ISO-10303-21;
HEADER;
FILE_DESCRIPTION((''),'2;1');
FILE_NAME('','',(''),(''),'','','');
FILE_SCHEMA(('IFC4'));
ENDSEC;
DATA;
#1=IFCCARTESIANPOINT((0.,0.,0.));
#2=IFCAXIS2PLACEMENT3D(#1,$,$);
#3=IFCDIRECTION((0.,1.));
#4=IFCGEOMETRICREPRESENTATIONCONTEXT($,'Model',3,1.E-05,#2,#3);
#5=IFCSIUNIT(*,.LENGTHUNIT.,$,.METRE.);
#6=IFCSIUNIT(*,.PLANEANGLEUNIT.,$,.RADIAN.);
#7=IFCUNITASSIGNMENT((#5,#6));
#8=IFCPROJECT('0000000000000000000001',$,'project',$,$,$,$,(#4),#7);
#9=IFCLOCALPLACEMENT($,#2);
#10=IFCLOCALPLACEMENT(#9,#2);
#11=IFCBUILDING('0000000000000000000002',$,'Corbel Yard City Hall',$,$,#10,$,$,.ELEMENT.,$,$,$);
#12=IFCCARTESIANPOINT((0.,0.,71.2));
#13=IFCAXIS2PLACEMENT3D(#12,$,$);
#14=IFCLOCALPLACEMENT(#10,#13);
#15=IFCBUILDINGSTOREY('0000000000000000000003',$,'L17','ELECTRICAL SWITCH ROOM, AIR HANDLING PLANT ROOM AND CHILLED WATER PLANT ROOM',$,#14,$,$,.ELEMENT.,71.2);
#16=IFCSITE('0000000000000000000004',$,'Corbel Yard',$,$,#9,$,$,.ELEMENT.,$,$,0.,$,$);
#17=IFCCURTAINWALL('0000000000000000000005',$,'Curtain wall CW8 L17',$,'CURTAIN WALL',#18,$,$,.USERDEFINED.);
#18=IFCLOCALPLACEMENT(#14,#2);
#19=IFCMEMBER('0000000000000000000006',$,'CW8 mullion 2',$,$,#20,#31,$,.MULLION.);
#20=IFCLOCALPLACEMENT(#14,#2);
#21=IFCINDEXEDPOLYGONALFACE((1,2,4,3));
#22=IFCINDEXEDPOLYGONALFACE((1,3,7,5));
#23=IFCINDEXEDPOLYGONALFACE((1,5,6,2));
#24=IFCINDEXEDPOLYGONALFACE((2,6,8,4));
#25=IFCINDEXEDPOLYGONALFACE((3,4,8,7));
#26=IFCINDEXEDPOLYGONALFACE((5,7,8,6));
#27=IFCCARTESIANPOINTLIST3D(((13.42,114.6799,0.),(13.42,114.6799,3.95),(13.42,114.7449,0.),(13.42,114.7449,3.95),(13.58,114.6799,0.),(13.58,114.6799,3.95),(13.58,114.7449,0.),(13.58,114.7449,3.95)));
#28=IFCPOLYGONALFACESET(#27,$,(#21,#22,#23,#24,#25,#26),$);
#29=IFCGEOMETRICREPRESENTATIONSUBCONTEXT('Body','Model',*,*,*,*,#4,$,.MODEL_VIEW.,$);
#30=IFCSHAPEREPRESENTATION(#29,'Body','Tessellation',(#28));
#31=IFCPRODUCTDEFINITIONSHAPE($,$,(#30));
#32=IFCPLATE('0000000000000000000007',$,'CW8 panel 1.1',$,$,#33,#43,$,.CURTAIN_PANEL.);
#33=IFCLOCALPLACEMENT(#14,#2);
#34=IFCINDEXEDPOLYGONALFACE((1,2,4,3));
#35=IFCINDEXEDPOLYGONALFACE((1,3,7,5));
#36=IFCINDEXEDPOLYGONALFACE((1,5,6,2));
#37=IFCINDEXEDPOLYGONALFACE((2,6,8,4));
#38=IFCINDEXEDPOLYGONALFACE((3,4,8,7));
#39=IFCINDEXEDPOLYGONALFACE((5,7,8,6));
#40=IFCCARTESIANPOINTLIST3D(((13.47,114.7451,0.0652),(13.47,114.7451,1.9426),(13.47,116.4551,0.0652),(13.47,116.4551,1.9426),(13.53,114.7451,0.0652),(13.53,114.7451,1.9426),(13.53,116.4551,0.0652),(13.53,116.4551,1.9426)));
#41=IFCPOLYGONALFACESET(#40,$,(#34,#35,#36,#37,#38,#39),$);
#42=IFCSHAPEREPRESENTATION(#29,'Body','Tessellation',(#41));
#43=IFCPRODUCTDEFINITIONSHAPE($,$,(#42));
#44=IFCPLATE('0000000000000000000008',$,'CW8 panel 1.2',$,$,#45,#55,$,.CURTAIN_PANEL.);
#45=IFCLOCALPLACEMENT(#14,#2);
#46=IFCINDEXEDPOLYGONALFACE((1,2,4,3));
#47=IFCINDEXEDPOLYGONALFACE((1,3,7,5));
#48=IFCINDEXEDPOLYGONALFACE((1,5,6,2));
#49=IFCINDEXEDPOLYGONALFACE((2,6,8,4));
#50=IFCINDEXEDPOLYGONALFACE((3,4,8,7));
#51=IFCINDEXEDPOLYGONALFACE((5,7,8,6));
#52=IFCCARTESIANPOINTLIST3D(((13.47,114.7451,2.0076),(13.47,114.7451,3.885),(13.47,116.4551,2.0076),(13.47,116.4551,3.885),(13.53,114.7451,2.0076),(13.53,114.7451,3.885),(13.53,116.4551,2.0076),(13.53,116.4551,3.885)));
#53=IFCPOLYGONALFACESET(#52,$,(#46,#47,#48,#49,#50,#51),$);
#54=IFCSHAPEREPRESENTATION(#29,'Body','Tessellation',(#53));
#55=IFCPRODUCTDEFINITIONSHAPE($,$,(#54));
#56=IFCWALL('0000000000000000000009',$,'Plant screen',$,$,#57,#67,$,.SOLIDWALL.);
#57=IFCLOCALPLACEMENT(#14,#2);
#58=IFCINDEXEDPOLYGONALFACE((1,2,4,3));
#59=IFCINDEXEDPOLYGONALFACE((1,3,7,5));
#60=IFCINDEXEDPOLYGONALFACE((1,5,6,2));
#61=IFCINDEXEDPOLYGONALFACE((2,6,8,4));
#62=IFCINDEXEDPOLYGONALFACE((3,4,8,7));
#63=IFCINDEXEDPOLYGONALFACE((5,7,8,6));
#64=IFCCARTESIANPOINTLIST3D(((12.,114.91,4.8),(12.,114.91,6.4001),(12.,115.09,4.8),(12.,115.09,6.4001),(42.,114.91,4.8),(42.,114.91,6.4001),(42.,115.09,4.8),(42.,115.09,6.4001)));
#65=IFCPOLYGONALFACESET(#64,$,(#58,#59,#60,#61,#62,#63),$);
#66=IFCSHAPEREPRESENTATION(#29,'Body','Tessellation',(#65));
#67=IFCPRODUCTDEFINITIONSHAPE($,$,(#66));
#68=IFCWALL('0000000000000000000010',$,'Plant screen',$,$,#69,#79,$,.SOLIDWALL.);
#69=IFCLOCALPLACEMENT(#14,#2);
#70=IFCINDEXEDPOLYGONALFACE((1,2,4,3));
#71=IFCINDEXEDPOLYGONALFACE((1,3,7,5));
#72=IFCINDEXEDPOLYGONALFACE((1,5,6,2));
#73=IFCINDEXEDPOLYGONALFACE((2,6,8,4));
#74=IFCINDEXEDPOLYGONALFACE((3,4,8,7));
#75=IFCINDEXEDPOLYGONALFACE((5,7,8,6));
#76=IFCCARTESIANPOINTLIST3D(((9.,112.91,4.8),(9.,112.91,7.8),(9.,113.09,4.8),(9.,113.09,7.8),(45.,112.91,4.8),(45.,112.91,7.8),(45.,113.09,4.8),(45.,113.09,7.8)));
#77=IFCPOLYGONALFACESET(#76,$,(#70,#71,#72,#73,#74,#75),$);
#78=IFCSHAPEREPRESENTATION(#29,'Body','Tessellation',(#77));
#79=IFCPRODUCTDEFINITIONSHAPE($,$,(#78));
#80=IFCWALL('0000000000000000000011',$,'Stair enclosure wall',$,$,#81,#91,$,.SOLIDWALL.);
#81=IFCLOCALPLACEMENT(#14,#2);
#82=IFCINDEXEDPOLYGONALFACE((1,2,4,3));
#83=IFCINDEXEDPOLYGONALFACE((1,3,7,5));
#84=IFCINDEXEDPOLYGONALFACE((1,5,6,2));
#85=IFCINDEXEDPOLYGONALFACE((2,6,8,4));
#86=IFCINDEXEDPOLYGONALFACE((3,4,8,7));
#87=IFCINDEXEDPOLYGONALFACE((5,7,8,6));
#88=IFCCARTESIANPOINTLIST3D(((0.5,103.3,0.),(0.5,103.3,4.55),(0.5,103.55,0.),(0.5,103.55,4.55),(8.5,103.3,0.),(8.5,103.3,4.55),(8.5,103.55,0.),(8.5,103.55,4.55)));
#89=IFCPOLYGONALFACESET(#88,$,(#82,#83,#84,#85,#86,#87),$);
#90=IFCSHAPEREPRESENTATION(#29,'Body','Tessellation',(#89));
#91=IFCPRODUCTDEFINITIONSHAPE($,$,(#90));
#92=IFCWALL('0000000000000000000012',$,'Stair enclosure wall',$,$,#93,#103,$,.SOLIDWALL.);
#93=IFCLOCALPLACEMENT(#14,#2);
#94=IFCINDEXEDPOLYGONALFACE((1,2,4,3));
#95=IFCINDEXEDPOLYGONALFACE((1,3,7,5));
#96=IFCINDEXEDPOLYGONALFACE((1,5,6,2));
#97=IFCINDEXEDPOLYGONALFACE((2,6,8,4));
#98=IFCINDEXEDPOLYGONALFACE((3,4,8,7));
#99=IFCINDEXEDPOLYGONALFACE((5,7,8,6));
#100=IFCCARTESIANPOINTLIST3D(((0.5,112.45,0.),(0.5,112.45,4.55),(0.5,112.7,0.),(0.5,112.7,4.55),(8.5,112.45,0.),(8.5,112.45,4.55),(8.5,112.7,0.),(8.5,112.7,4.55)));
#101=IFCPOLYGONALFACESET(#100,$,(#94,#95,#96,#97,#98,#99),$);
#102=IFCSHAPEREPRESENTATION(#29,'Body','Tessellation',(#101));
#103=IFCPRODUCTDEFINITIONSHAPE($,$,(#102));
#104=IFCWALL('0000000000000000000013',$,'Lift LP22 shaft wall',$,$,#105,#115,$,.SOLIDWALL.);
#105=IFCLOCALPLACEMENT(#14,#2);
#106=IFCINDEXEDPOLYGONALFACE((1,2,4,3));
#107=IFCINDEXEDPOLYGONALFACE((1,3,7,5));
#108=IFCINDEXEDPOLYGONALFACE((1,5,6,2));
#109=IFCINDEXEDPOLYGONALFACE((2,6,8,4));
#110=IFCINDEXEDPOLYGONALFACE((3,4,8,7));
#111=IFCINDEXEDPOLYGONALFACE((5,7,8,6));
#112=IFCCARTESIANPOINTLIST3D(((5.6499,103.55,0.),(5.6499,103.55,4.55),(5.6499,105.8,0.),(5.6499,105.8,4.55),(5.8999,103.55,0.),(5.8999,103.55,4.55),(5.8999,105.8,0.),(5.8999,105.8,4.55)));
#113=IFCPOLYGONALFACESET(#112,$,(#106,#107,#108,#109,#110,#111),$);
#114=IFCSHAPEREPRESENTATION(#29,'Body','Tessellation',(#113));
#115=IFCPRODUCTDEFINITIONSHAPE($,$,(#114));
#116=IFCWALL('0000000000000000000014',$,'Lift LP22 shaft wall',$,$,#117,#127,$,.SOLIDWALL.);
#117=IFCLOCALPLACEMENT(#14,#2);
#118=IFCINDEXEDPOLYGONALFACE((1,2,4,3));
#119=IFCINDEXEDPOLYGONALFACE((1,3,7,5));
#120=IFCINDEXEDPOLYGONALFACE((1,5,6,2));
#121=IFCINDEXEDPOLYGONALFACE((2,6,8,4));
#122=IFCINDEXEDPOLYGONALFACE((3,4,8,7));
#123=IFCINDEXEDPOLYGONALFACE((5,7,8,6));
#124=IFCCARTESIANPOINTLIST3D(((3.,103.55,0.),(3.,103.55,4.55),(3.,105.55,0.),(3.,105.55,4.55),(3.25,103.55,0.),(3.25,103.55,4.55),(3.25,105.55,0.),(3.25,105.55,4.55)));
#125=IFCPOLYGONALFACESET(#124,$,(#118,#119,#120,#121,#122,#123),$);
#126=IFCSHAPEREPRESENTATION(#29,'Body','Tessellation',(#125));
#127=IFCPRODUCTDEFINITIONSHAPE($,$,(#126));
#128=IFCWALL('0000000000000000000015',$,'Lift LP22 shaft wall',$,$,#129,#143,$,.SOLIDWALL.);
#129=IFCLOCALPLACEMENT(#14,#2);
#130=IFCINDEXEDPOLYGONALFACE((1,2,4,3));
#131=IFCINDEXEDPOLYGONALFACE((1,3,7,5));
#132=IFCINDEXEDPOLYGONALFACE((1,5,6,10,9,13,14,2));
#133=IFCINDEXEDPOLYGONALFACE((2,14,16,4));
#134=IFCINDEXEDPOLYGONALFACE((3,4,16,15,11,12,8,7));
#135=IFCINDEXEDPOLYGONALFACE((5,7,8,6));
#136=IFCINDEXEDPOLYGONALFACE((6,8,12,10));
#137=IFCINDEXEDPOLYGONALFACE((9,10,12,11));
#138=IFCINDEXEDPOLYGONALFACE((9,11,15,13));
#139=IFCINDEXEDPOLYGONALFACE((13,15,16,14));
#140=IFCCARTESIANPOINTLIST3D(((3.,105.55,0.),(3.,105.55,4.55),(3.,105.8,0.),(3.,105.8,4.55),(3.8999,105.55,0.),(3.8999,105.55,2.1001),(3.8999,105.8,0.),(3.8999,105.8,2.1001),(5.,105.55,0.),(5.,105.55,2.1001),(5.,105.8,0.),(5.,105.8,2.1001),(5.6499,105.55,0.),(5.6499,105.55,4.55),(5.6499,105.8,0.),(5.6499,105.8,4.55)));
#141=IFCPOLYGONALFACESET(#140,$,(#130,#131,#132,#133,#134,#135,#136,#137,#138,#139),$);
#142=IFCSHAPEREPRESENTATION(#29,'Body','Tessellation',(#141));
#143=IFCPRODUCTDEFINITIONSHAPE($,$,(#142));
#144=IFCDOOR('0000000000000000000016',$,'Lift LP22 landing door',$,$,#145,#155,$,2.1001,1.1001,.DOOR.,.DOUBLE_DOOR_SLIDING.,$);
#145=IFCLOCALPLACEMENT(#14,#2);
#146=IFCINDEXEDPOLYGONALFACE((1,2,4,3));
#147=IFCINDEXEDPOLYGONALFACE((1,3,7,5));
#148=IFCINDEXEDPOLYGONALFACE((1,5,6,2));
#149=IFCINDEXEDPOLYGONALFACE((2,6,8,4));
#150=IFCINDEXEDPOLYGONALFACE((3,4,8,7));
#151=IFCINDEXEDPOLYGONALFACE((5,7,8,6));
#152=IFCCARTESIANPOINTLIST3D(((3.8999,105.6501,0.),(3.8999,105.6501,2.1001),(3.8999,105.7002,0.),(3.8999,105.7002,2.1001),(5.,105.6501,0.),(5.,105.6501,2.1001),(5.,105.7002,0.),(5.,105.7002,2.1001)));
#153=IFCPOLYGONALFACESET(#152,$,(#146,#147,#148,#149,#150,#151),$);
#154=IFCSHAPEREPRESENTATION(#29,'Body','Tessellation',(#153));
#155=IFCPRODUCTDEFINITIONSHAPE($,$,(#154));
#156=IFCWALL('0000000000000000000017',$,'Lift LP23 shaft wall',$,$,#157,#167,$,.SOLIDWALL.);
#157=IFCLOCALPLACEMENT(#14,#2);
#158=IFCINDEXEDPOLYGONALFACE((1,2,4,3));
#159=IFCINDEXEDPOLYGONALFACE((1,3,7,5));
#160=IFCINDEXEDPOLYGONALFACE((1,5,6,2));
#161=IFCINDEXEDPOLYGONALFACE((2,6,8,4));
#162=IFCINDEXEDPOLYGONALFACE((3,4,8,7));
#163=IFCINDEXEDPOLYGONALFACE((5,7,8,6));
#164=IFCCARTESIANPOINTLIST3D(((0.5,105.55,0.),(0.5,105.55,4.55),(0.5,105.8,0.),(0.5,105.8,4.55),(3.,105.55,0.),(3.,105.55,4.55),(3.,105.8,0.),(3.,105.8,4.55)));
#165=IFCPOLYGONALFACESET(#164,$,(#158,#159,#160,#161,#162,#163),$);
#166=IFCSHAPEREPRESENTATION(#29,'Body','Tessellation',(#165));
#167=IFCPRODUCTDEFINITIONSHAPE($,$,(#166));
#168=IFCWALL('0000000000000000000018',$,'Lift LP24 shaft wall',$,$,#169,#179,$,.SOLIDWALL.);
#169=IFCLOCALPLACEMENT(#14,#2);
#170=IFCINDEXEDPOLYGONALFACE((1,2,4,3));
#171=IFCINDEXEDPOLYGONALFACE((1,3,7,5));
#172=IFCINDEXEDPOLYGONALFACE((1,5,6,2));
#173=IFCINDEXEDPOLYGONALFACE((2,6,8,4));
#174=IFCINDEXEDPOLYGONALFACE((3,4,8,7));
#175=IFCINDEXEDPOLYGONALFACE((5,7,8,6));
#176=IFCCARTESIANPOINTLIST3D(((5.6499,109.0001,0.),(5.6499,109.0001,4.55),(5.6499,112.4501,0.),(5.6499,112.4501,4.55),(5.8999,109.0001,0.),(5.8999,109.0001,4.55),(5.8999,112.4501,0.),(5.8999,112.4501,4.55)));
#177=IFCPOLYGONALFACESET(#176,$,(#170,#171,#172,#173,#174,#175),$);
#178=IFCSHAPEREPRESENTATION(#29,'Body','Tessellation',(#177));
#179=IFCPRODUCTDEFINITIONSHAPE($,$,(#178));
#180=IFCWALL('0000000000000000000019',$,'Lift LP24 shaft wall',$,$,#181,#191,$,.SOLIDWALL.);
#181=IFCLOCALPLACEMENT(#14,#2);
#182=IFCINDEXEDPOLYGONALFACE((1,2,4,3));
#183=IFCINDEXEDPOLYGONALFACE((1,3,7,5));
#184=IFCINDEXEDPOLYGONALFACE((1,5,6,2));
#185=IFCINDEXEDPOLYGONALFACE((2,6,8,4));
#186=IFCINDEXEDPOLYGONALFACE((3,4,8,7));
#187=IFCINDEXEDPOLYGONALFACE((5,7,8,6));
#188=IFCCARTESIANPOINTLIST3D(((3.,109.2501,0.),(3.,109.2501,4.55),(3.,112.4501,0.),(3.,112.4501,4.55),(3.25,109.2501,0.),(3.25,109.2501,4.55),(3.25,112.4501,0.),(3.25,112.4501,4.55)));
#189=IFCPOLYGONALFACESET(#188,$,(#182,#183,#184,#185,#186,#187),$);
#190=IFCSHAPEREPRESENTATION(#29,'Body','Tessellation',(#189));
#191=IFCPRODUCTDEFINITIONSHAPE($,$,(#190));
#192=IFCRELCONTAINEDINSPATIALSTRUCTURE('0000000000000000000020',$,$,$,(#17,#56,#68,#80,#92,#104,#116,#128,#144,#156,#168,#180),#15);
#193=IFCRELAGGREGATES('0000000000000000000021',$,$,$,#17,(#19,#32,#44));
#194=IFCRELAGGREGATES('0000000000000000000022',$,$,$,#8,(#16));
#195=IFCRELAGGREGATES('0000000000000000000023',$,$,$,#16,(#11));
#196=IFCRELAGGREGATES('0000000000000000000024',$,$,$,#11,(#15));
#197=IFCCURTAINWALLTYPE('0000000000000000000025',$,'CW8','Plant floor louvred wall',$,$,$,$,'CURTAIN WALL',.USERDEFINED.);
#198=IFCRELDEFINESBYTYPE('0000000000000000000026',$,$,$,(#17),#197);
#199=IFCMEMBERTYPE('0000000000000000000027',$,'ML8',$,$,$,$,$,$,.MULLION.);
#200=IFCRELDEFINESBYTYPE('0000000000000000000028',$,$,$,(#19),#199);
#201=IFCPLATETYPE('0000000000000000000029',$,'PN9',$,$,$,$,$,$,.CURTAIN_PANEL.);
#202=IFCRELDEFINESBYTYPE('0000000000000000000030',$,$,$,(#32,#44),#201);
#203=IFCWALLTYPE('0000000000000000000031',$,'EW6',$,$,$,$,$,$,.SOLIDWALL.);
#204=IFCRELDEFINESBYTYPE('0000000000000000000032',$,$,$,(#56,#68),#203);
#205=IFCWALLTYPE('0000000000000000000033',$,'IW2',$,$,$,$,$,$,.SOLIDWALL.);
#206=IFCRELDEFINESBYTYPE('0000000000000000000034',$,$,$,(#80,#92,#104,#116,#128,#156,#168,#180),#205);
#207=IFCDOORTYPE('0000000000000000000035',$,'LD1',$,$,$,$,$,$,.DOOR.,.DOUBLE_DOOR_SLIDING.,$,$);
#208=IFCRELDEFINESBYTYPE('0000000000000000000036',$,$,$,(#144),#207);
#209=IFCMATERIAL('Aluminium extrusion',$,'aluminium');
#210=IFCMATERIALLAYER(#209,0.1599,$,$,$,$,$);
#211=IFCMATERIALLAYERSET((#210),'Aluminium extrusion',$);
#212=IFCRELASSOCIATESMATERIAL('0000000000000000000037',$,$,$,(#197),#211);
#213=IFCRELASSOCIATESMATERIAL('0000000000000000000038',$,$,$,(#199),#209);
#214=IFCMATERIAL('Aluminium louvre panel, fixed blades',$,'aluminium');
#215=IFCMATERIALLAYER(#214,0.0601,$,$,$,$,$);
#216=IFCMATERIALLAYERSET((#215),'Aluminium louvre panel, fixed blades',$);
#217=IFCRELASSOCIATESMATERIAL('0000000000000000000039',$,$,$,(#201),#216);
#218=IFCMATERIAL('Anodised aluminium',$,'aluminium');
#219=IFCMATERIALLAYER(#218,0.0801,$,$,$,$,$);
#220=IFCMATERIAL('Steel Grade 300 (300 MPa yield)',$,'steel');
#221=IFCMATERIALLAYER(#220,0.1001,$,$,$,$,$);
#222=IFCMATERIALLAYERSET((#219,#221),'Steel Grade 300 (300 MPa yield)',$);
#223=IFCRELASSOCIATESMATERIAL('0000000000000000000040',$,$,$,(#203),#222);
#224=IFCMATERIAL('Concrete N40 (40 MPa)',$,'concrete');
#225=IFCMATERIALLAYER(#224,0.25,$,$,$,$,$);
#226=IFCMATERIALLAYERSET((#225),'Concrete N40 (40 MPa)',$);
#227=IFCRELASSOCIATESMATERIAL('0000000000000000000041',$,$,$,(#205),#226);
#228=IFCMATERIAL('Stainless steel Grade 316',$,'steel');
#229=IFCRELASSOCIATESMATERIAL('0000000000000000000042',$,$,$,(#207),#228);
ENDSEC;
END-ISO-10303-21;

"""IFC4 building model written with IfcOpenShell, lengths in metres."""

from ifc_helpers import new_model, si_unit, direction, frame, frame_2d, origin, origin_2d, place, context, subcontext, project, spatial, rectangle, extrude, material, layer, layer_set, material_profile, profile_set, type_object, element, fill, aggregate, save


model = new_model("IFC4")

# Units and contexts
model_context = context("Model", 3, precision=1e-05, world=origin(), true_north=direction((0.0, 1.0)))
body_context = subcontext(model_context, "Body", "Model", "MODEL_VIEW")
ifc_project = project(units=[si_unit("LENGTHUNIT", "METRE"), si_unit("PLANEANGLEUNIT", "RADIAN")], contexts=[model_context])

# Site, building, storey
site_placement = place(None, origin())
site = spatial("IfcSite", under=ifc_project, at=site_placement, Name="Corbel Yard", CompositionType="ELEMENT", RefElevation=0.0)
building_placement = place(site_placement, origin())
building = spatial("IfcBuilding", under=site, at=building_placement, Name="Corbel Yard City Hall", CompositionType="ELEMENT")
storey_placement = place(building_placement, frame((0.0, 0.0, 71.2)))
storey = spatial("IfcBuildingStorey", under=building, at=storey_placement, Name="L17", Description="ELECTRICAL SWITCH ROOM, AIR HANDLING PLANT ROOM AND CHILLED WATER PLANT ROOM", CompositionType="ELEMENT", Elevation=71.2)

# Curtain wall, member, plates
ifc_material_1 = material(Name="Aluminium extrusion", Category="aluminium")
ifc_layer_1 = layer(ifc_material_1, 0.1599)
ifc_layer_set_1 = layer_set([ifc_layer_1], Name="Aluminium extrusion")
curtain_wall_type = type_object("IfcCurtainWallType", Name="CW8", Description="Plant floor louvred wall", ElementType="CURTAIN WALL", PredefinedType="USERDEFINED", material=ifc_layer_set_1)
curtain_wall_placement = place(storey_placement, origin())
curtain_wall = element("IfcCurtainWall", 1, at=curtain_wall_placement, inside=storey, type_object=curtain_wall_type, Name="Curtain wall CW8 L17", ObjectType="CURTAIN WALL", PredefinedType="USERDEFINED")
ifc_material_profile = material_profile(ifc_material_1, rectangle(XDim=0.1599, YDim=0.0649, at=origin_2d()), Name="160x65")
ifc_profile_set = profile_set([ifc_material_profile], Name="Aluminium extrusion")
member_type = type_object("IfcMemberType", Name="ML8", PredefinedType="MULLION", material=ifc_profile_set)
member_placement = place(storey_placement, frame((13.5, 114.7124, 0.0), z_axis=(0.0, 0.0, 1.0), x_axis=(1.0, 0.0, 0.0)))
member = element("IfcMember", 2, at=member_placement, type_object=member_type, Name="CW8 mullion 2", PredefinedType="MULLION", context=body_context, shape_type="SweptSolid", body=[
    extrude(rectangle(XDim=0.1599, YDim=0.0649, at=origin_2d()), origin(), (0.0, 0.0, 1.0), 3.95),
])
ifc_material_2 = material(Name="Aluminium louvre panel, fixed blades", Category="aluminium")
ifc_layer_2 = layer(ifc_material_2, 0.0601)
ifc_layer_set_2 = layer_set([ifc_layer_2], Name="Aluminium louvre panel, fixed blades")
plate_type = type_object("IfcPlateType", Name="PN9", PredefinedType="CURTAIN_PANEL", material=ifc_layer_set_2)
plate_1_placement = place(storey_placement, frame((13.5, 115.6001, 0.0652), z_axis=(0.0, 0.0, 1.0), x_axis=(0.0, -1.0, 0.0)))
plate_1 = element("IfcPlate", 3, at=plate_1_placement, type_object=plate_type, Name="CW8 panel 1.1", PredefinedType="CURTAIN_PANEL", context=body_context, shape_type="SweptSolid", body=[
    extrude(rectangle(XDim=1.71, YDim=0.0601, at=origin_2d()), origin(), (0.0, 0.0, 1.0), 1.8774),
])
plate_2_placement = place(storey_placement, frame((13.5, 115.6001, 2.0076), z_axis=(0.0, 0.0, 1.0), x_axis=(0.0, -1.0, 0.0)))
plate_2 = element("IfcPlate", 4, at=plate_2_placement, type_object=plate_type, Name="CW8 panel 1.2", PredefinedType="CURTAIN_PANEL", context=body_context, shape_type="SweptSolid", body=[
    extrude(rectangle(XDim=1.71, YDim=0.0601, at=origin_2d()), origin(), (0.0, 0.0, 1.0), 1.8774),
])
aggregate(curtain_wall, [member, plate_1, plate_2])

# Walls
ifc_material_3 = material(Name="Anodised aluminium", Category="aluminium")
ifc_layer_3 = layer(ifc_material_3, 0.0801)
ifc_material_4 = material(Name="Steel Grade 300 (300 MPa yield)", Category="steel")
ifc_layer_4 = layer(ifc_material_4, 0.1001)
ifc_layer_set_3 = layer_set([ifc_layer_3, ifc_layer_4], Name="Steel Grade 300 (300 MPa yield)")
wall_type_1 = type_object("IfcWallType", Name="EW6", PredefinedType="SOLIDWALL", material=ifc_layer_set_3)
wall_1_placement = place(storey_placement, frame((12.0, 115.0, 4.8), z_axis=(0.0, 0.0, 1.0), x_axis=(1.0, 0.0, 0.0)))
element("IfcWall", 5, at=wall_1_placement, inside=storey, type_object=wall_type_1, Name="Plant screen", PredefinedType="SOLIDWALL", context=body_context, shape_type="SweptSolid", body=[
    extrude(rectangle(XDim=30.0, YDim=0.1799, at=frame_2d((15.0, 0.0))), origin(), (0.0, 0.0, 1.0), 1.6001),
])
wall_2_placement = place(storey_placement, frame((9.0, 113.0, 4.8), z_axis=(0.0, 0.0, 1.0), x_axis=(1.0, 0.0, 0.0)))
element("IfcWall", 6, at=wall_2_placement, inside=storey, type_object=wall_type_1, Name="Plant screen", PredefinedType="SOLIDWALL", context=body_context, shape_type="SweptSolid", body=[
    extrude(rectangle(XDim=36.0, YDim=0.1799, at=frame_2d((18.0, 0.0))), origin(), (0.0, 0.0, 1.0), 3.0),
])
ifc_material_5 = material(Name="Concrete N40 (40 MPa)", Category="concrete")
ifc_layer_5 = layer(ifc_material_5, 0.25)
ifc_layer_set_4 = layer_set([ifc_layer_5], Name="Concrete N40 (40 MPa)")
wall_type_2 = type_object("IfcWallType", Name="IW2", PredefinedType="SOLIDWALL", material=ifc_layer_set_4)
for number, where, z_axis, x_axis, name in (
    (7, (8.5, 103.425, 0.0), (0.0, 0.0, 1.0), (-1.0, 0.0, 0.0), "Stair enclosure wall"),
    (8, (8.5, 112.575, 0.0), (0.0, 0.0, 1.0), (-1.0, 0.0, 0.0), "Stair enclosure wall"),
):
    element("IfcWall", number, at=place(storey_placement, frame(where, z_axis=z_axis, x_axis=x_axis)), inside=storey, type_object=wall_type_2, Name=name, PredefinedType="SOLIDWALL", context=body_context, shape_type="SweptSolid", body=[
        extrude(rectangle(XDim=8.0, YDim=0.25, at=frame_2d((4.0, 0.0))), origin(), (0.0, 0.0, 1.0), 4.55),
    ])
wall_3_placement = place(storey_placement, frame((5.7749, 103.55, 0.0), z_axis=(0.0, 0.0, 1.0), x_axis=(0.0, 1.0, 0.0)))
element("IfcWall", 9, at=wall_3_placement, inside=storey, type_object=wall_type_2, Name="Lift LP22 shaft wall", PredefinedType="SOLIDWALL", context=body_context, shape_type="SweptSolid", body=[
    extrude(rectangle(XDim=2.25, YDim=0.25, at=frame_2d((1.125, 0.0))), origin(), (0.0, 0.0, 1.0), 4.55),
])
wall_4_placement = place(storey_placement, frame((3.125, 103.55, 0.0), z_axis=(0.0, 0.0, 1.0), x_axis=(0.0, 1.0, 0.0)))
element("IfcWall", 10, at=wall_4_placement, inside=storey, type_object=wall_type_2, Name="Lift LP22 shaft wall", PredefinedType="SOLIDWALL", context=body_context, shape_type="SweptSolid", body=[
    extrude(rectangle(XDim=2.0, YDim=0.25, at=frame_2d((1.0, 0.0))), origin(), (0.0, 0.0, 1.0), 4.55),
])

# Wall, opening, door
wall_5_placement = place(storey_placement, frame((5.6499, 105.675, 0.0), z_axis=(0.0, 0.0, 1.0), x_axis=(-1.0, 0.0, 0.0)))
wall_5 = element("IfcWall", 11, at=wall_5_placement, inside=storey, type_object=wall_type_2, Name="Lift LP22 shaft wall", PredefinedType="SOLIDWALL", context=body_context, shape_type="SweptSolid", body=[
    extrude(rectangle(XDim=2.6499, YDim=0.25, at=frame_2d((1.325, 0.0))), origin(), (0.0, 0.0, 1.0), 4.55),
])
opening_1_placement = place(wall_5_placement, frame((0.6499, 0.0, 0.0)))
opening_1 = element("IfcOpeningElement", 12, at=opening_1_placement, cuts=wall_5, PredefinedType="OPENING", context=body_context, shape_type="SweptSolid", body=[
    extrude(rectangle(XDim=1.1001, YDim=2.1001, at=frame_2d((0.55, 1.05))), frame((0.0, 0.135, 0.0), z_axis=(0.0, -1.0, 0.0), x_axis=(1.0, 0.0, 0.0)), (0.0, 0.0, 1.0), 0.27),
])
ifc_material_6 = material(Name="Stainless steel Grade 316", Category="steel")
door_type_1 = type_object("IfcDoorType", Name="LD1", OperationType="DOUBLE_DOOR_SLIDING", PredefinedType="DOOR", material=ifc_material_6)
door_1_placement = place(opening_1_placement, origin())
door_1 = element("IfcDoor", 13, at=door_1_placement, inside=storey, type_object=door_type_1, Name="Lift LP22 landing door", OperationType="DOUBLE_DOOR_SLIDING", OverallHeight=2.1001, OverallWidth=1.1001, PredefinedType="DOOR", context=body_context, shape_type="SweptSolid", body=[
    extrude(rectangle(XDim=1.1001, YDim=2.1001, at=frame_2d((0.55, 1.05))), frame((0.0, 0.0249, 0.0), z_axis=(0.0, -1.0, 0.0), x_axis=(1.0, 0.0, 0.0)), (0.0, 0.0, 1.0), 0.05),
])
fill(opening_1, door_1)

# Walls
wall_6_placement = place(storey_placement, frame((3.0, 105.675, 0.0), z_axis=(0.0, 0.0, 1.0), x_axis=(-1.0, 0.0, 0.0)))
element("IfcWall", 14, at=wall_6_placement, inside=storey, type_object=wall_type_2, Name="Lift LP23 shaft wall", PredefinedType="SOLIDWALL", context=body_context, shape_type="SweptSolid", body=[
    extrude(rectangle(XDim=2.5, YDim=0.25, at=frame_2d((1.25, 0.0))), origin(), (0.0, 0.0, 1.0), 4.55),
])
wall_7_placement = place(storey_placement, frame((5.7749, 109.0, 0.0), z_axis=(0.0, 0.0, 1.0), x_axis=(0.0, 1.0, 0.0)))
element("IfcWall", 15, at=wall_7_placement, inside=storey, type_object=wall_type_2, Name="Lift LP24 shaft wall", PredefinedType="SOLIDWALL", context=body_context, shape_type="SweptSolid", body=[
    extrude(rectangle(XDim=3.45, YDim=0.25, at=frame_2d((1.7251, 0.0))), origin(), (0.0, 0.0, 1.0), 4.55),
])
wall_8_placement = place(storey_placement, frame((3.125, 109.25, 0.0), z_axis=(0.0, 0.0, 1.0), x_axis=(0.0, 1.0, 0.0)))
element("IfcWall", 16, at=wall_8_placement, inside=storey, type_object=wall_type_2, Name="Lift LP24 shaft wall", PredefinedType="SOLIDWALL", context=body_context, shape_type="SweptSolid", body=[
    extrude(rectangle(XDim=3.2, YDim=0.25, at=frame_2d((1.6001, 0.0))), origin(), (0.0, 0.0, 1.0), 4.55),
])

save(model, "model.ifc")
